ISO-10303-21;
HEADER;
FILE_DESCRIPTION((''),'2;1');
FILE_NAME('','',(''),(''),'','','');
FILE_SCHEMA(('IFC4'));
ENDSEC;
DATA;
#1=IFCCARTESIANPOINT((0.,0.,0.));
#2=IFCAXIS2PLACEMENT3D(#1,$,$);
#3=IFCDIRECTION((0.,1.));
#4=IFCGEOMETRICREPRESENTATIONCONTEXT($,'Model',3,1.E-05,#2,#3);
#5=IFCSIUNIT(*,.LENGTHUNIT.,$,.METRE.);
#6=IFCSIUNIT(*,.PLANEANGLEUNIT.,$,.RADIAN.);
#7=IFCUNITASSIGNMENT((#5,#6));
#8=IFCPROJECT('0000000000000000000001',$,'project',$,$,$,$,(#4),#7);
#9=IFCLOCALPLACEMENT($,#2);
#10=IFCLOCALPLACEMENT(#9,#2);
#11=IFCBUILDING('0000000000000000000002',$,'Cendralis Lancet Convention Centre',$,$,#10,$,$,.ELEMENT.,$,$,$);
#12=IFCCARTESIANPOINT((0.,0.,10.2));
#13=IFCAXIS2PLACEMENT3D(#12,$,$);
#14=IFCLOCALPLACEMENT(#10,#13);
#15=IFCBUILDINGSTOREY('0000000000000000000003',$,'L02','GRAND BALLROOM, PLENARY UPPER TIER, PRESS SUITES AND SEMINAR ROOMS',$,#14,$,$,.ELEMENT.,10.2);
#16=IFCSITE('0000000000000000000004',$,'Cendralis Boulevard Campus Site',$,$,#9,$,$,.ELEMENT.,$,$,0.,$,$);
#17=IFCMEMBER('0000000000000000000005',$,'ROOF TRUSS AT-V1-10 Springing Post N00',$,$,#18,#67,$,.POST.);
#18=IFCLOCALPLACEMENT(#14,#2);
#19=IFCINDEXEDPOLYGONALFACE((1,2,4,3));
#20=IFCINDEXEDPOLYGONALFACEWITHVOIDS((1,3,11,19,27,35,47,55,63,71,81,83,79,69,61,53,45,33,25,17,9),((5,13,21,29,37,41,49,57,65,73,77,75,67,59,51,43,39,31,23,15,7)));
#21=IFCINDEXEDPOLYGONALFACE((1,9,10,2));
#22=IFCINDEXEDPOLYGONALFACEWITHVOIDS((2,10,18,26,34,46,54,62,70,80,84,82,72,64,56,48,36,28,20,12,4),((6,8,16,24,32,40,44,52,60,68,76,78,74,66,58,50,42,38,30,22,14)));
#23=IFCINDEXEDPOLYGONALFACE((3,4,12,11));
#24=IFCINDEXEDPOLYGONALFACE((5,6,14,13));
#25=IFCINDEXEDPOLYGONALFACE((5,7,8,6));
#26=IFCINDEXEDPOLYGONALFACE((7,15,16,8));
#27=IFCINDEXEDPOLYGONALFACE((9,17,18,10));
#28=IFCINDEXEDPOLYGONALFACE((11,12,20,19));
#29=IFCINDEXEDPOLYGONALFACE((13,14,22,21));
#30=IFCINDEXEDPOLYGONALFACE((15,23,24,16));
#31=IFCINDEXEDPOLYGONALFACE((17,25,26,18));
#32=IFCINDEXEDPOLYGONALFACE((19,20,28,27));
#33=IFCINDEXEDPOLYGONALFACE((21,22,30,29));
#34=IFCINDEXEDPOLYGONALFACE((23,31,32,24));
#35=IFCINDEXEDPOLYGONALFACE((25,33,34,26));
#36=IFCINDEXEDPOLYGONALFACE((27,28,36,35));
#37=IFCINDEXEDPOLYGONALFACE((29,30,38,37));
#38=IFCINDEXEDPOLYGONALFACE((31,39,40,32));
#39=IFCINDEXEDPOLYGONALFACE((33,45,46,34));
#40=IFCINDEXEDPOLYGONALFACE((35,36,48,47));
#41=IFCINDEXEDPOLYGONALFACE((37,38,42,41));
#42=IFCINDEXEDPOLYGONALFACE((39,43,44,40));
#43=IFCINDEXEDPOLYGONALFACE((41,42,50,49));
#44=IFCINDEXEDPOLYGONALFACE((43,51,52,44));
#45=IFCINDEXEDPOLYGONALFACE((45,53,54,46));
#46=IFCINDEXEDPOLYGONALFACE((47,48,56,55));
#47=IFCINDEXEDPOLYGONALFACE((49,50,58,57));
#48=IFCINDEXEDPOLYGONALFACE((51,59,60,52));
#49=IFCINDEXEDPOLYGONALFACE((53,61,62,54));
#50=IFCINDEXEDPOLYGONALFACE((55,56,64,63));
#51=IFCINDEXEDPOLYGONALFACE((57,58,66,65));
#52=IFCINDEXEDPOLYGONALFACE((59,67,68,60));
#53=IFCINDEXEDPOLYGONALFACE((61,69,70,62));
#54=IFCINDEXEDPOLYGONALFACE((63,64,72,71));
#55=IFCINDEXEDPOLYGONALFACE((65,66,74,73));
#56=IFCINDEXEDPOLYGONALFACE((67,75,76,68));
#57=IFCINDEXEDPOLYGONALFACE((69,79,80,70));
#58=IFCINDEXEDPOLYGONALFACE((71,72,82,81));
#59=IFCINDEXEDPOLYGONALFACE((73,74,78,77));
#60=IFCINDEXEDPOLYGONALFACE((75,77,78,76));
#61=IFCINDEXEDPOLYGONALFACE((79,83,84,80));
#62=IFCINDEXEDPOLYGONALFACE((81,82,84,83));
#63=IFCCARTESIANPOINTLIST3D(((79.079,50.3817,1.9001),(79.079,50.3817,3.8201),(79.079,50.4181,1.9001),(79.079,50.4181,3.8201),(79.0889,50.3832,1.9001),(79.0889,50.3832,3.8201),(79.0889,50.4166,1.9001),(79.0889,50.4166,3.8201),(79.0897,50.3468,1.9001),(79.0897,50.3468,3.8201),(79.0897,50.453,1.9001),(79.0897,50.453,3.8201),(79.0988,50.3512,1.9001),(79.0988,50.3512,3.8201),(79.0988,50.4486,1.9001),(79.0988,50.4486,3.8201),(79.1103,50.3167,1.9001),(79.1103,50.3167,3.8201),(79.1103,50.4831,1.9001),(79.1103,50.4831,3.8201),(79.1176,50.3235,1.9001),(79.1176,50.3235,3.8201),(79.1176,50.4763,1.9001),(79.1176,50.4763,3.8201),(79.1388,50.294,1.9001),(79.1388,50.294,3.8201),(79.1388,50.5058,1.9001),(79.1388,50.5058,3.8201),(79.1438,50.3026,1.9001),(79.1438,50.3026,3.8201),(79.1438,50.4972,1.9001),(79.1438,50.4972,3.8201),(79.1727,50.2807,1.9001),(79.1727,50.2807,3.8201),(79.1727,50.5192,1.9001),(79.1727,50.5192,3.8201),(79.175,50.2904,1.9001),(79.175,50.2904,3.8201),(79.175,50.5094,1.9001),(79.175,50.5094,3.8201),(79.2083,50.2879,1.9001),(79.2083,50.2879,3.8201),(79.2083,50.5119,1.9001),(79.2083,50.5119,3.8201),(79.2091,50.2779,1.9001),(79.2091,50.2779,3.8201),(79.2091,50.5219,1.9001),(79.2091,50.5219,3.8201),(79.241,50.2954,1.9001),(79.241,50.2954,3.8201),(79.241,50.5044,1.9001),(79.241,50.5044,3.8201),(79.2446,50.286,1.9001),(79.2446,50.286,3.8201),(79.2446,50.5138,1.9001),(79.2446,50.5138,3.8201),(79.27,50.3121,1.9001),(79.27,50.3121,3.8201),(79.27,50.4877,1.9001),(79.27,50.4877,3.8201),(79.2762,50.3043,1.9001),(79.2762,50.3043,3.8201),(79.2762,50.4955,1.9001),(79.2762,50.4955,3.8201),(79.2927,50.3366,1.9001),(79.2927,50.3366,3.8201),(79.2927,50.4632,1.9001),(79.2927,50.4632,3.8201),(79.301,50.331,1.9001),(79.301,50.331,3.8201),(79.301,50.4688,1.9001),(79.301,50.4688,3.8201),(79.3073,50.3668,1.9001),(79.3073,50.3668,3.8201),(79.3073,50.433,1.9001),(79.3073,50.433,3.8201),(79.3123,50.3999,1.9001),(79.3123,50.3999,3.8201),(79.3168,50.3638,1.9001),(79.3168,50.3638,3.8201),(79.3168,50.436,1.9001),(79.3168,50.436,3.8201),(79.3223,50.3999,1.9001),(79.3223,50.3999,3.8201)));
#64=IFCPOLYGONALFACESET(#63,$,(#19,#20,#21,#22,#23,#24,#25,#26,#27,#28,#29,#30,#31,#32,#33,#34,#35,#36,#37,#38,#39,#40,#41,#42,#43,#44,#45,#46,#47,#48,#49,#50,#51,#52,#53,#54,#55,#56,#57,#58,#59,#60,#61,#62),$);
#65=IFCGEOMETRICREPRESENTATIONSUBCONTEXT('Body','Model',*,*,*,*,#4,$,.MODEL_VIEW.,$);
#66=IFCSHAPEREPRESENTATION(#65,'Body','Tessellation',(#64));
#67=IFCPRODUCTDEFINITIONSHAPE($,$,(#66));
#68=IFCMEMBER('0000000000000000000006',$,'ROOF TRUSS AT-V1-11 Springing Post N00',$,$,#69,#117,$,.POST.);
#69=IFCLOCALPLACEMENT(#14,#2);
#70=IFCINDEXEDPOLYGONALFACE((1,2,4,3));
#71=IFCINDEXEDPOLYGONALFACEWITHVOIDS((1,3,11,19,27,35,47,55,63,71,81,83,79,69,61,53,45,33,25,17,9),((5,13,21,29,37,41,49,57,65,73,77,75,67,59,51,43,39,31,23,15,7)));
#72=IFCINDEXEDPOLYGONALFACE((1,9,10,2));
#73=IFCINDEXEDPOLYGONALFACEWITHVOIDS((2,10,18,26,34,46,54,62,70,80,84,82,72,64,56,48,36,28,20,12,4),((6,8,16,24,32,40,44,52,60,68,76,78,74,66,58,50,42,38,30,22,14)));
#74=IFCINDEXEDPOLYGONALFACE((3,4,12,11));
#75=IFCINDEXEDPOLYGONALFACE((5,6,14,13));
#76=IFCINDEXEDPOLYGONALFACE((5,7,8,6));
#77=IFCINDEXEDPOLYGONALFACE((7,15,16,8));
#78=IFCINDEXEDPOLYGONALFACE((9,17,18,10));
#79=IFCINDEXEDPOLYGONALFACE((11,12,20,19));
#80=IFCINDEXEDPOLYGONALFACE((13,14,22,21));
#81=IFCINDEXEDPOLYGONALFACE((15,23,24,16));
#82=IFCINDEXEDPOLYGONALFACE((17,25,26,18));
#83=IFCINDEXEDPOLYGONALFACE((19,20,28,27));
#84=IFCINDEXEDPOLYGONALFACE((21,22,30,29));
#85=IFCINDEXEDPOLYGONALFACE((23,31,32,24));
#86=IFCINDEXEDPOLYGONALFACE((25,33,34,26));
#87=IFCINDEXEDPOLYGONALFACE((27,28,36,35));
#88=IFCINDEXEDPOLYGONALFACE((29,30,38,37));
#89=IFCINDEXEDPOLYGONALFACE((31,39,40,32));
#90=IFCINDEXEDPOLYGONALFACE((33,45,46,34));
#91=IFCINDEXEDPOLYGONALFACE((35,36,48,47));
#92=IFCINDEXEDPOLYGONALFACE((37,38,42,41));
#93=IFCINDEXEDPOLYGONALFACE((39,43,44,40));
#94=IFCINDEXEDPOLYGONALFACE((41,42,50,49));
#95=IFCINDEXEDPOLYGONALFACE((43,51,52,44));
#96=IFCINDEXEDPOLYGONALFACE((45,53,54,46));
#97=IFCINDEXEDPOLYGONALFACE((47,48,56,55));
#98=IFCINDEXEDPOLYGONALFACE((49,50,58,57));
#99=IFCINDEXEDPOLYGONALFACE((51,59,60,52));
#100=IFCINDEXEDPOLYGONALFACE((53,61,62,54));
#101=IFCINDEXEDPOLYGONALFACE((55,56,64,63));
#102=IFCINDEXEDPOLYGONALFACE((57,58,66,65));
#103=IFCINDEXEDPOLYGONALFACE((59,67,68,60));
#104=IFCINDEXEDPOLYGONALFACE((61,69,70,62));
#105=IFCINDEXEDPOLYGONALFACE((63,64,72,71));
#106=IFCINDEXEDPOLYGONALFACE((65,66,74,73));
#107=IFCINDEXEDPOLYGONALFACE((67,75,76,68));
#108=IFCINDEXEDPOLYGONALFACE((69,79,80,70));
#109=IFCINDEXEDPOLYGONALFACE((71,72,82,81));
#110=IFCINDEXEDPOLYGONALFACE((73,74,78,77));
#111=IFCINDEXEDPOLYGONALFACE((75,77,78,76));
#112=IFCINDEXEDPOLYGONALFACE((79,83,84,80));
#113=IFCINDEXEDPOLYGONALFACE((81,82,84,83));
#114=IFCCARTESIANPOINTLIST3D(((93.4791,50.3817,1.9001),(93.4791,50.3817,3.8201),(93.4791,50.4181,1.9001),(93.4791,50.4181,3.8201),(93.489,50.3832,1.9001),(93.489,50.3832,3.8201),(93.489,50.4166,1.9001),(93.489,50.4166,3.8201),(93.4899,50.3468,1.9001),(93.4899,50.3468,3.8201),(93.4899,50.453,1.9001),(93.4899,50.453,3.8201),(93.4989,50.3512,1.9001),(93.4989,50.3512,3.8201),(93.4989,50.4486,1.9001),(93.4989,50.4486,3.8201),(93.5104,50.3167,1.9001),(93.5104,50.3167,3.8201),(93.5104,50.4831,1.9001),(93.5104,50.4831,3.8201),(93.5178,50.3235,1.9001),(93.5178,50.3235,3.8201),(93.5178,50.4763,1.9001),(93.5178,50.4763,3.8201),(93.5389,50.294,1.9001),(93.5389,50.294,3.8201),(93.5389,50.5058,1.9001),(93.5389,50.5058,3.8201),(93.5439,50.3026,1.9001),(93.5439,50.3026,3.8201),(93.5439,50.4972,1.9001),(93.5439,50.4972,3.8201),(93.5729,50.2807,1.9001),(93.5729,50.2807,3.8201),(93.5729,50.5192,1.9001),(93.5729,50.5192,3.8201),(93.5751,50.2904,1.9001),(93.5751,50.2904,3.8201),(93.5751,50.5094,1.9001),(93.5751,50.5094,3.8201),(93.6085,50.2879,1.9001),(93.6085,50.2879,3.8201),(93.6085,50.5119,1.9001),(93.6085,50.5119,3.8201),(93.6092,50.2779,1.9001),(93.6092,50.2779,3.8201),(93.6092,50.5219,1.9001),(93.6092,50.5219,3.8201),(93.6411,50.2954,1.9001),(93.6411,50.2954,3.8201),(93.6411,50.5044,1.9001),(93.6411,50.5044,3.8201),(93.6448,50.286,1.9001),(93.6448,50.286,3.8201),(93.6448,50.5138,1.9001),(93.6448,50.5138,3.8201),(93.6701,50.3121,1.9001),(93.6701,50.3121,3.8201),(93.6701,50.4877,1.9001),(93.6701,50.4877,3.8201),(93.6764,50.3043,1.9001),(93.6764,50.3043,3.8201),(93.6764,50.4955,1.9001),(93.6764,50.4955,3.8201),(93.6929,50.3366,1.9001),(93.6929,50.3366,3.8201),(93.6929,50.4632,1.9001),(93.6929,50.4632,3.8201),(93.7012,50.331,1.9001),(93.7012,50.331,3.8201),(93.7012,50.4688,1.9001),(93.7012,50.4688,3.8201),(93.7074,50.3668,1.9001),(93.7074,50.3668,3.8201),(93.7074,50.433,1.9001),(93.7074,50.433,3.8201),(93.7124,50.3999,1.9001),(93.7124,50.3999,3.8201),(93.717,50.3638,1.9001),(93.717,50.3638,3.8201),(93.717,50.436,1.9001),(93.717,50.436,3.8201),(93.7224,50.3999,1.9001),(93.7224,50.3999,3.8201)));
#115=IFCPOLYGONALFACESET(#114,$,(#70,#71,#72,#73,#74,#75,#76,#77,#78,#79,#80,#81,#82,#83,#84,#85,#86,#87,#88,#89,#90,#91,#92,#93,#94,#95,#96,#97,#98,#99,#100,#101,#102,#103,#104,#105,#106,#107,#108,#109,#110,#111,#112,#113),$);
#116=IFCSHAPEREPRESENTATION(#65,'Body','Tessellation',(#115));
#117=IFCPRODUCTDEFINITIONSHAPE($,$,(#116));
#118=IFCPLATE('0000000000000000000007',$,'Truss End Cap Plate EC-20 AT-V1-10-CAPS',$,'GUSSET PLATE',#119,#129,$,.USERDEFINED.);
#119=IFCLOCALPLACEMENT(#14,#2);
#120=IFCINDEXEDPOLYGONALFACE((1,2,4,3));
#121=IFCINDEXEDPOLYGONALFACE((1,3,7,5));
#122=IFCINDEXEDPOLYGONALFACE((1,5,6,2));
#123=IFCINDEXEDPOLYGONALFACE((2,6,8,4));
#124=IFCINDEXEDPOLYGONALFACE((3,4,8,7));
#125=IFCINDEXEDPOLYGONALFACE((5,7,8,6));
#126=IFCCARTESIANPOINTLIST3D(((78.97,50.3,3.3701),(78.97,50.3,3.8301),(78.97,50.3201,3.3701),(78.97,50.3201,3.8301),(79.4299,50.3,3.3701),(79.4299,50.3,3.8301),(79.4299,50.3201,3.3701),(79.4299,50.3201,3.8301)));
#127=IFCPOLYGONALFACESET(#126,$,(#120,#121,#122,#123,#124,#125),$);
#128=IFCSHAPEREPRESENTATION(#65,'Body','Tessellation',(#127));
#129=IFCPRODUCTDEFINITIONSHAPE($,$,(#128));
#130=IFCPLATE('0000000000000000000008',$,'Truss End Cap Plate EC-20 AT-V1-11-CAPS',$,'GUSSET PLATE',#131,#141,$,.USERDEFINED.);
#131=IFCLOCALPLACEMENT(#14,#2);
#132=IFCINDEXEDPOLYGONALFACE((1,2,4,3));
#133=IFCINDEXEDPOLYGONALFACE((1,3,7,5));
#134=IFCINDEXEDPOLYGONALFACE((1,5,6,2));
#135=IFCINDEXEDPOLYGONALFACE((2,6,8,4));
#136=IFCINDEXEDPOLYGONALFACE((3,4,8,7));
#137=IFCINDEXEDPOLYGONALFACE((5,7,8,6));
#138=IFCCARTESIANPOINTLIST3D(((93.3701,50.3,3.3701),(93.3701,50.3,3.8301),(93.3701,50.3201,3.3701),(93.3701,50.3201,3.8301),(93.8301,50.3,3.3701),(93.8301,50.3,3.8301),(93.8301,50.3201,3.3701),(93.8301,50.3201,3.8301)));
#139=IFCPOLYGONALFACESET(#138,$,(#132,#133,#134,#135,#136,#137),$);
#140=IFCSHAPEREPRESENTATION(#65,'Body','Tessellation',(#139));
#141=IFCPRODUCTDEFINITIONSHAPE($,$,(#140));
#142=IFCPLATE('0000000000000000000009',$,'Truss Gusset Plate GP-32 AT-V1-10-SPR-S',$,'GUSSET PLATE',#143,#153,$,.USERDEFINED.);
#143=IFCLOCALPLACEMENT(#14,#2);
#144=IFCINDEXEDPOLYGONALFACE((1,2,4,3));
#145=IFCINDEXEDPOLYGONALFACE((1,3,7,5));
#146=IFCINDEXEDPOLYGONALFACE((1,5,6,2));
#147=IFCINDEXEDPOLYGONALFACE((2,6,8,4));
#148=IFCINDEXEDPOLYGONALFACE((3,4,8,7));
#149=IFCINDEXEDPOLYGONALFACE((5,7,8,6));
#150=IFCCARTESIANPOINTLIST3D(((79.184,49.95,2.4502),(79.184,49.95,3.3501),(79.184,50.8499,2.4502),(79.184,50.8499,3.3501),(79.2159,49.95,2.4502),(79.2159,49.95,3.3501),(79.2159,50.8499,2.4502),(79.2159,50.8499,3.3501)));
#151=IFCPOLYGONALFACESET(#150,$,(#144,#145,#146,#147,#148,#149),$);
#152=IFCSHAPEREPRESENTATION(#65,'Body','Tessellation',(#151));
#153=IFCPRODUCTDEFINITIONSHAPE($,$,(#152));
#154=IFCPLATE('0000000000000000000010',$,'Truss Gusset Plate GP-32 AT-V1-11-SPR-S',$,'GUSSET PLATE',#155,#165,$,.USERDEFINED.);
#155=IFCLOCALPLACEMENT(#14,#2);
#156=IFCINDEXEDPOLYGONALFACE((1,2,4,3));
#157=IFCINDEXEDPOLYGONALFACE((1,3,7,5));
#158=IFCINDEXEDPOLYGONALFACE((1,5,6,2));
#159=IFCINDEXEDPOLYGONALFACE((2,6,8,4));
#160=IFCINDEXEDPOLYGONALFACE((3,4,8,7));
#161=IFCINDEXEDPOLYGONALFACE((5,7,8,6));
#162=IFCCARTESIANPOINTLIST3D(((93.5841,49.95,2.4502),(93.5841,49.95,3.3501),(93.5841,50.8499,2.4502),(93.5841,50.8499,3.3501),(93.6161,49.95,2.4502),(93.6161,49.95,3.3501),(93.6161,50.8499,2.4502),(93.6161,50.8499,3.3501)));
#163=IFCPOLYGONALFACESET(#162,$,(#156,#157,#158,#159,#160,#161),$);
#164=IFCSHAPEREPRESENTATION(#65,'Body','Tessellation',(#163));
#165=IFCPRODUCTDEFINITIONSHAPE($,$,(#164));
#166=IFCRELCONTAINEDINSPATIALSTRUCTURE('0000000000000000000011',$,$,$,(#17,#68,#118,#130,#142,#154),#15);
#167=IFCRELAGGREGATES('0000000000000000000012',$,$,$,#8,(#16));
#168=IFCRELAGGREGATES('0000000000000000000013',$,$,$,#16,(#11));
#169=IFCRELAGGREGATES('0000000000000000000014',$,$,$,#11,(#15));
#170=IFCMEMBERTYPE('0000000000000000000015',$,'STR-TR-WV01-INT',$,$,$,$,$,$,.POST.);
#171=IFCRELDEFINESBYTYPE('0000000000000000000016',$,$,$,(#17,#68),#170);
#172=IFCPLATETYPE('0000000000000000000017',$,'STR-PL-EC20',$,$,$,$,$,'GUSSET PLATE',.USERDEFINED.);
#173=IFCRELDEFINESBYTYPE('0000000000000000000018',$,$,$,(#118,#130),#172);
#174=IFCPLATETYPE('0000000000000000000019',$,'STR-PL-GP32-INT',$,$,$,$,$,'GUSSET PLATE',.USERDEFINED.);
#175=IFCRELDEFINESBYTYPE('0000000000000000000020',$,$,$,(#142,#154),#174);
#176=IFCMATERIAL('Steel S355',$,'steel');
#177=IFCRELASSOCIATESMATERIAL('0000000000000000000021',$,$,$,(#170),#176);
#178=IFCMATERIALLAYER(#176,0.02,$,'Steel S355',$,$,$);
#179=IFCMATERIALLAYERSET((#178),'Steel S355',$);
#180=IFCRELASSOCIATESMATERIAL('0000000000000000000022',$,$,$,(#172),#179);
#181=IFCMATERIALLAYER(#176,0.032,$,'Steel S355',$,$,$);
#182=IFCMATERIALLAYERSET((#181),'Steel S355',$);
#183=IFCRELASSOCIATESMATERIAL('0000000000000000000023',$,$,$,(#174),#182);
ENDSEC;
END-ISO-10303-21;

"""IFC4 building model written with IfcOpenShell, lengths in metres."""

from ifc_helpers import new_model, si_unit, direction, frame, origin, origin_2d, place, context, subcontext, project, spatial, rectangle, hollow_circle, extrude, material, layer, layer_set, material_profile, profile_set, type_object, element, save


model = new_model("IFC4")

# Units and contexts
model_context = context("Model", 3, precision=1e-05, world=origin(), true_north=direction((0.0, 1.0)))
body_context = subcontext(model_context, "Body", "Model", "MODEL_VIEW")
ifc_project = project(units=[si_unit("LENGTHUNIT", "METRE"), si_unit("PLANEANGLEUNIT", "RADIAN")], contexts=[model_context])

# Site, building, storey
site_placement = place(None, origin())
site = spatial("IfcSite", under=ifc_project, at=site_placement, Name="Cendralis Boulevard Campus Site", CompositionType="ELEMENT", RefElevation=0.0)
building_placement = place(site_placement, origin())
building = spatial("IfcBuilding", under=site, at=building_placement, Name="Cendralis Lancet Convention Centre", CompositionType="ELEMENT")
storey_placement = place(building_placement, frame((0.0, 0.0, 10.2)))
storey = spatial("IfcBuildingStorey", under=building, at=storey_placement, Name="L02", Description="GRAND BALLROOM, PLENARY UPPER TIER, PRESS SUITES AND SEMINAR ROOMS", CompositionType="ELEMENT", Elevation=10.2)

# Shared definitions
ifc_material_1 = material(Name="Steel S355", Category="steel")

# Members
ifc_material_profile_1 = material_profile(ifc_material_1, hollow_circle(Radius=0.1223, WallThickness=0.01, at=origin_2d()), Name="CHS 244.5x10.0")
ifc_profile_set_1 = profile_set([ifc_material_profile_1], Name="Steel S355")
member_type_1 = type_object("IfcMemberType", Name="STR-TR-WV01-INT", PredefinedType="POST", material=ifc_profile_set_1)
for number, where, z_axis, x_axis, name in (
    (1, (79.2, 50.3999, 1.9001), (0.0, 0.0, 1.0), (1.0, 0.0, 0.0), "ROOF TRUSS AT-V1-10 Springing Post N00"),
    (2, (93.6001, 50.3999, 1.9001), (0.0, 0.0, 1.0), (1.0, 0.0, 0.0), "ROOF TRUSS AT-V1-11 Springing Post N00"),
):
    element("IfcMember", number, at=place(storey_placement, frame(where, z_axis=z_axis, x_axis=x_axis)), inside=storey, type_object=member_type_1, Name=name, PredefinedType="POST", context=body_context, shape_type="SweptSolid", body=[
        extrude(hollow_circle(Radius=0.1223, WallThickness=0.01, at=origin_2d()), origin(), (0.0, 0.0, 1.0), 1.9199),
    ])

# Plates
ifc_layer_1 = layer(ifc_material_1, 0.02, Name="Steel S355")
ifc_layer_set_1 = layer_set([ifc_layer_1], Name="Steel S355")
plate_type_1 = type_object("IfcPlateType", Name="STR-PL-EC20", ElementType="GUSSET PLATE", PredefinedType="USERDEFINED", material=ifc_layer_set_1)
for number, where, z_axis, x_axis, name in (
    (3, (79.2, 50.3101, 3.3701), (0.0, 0.0, 1.0), (1.0, 0.0, 0.0), "Truss End Cap Plate EC-20 AT-V1-10-CAPS"),
    (4, (93.6001, 50.3101, 3.3701), (0.0, 0.0, 1.0), (1.0, 0.0, 0.0), "Truss End Cap Plate EC-20 AT-V1-11-CAPS"),
):
    element("IfcPlate", number, at=place(storey_placement, frame(where, z_axis=z_axis, x_axis=x_axis)), inside=storey, type_object=plate_type_1, Name=name, ObjectType="GUSSET PLATE", PredefinedType="USERDEFINED", context=body_context, shape_type="SweptSolid", body=[
        extrude(rectangle(XDim=0.46, YDim=0.02, at=origin_2d()), origin(), (0.0, 0.0, 1.0), 0.46),
    ])
ifc_layer_2 = layer(ifc_material_1, 0.032, Name="Steel S355")
ifc_layer_set_2 = layer_set([ifc_layer_2], Name="Steel S355")
plate_type_2 = type_object("IfcPlateType", Name="STR-PL-GP32-INT", ElementType="GUSSET PLATE", PredefinedType="USERDEFINED", material=ifc_layer_set_2)
for number, where, z_axis, x_axis, name in (
    (5, (79.2, 50.3999, 2.4502), (0.0, 0.0, 1.0), (0.0, 1.0, 0.0), "Truss Gusset Plate GP-32 AT-V1-10-SPR-S"),
    (6, (93.6001, 50.3999, 2.4502), (0.0, 0.0, 1.0), (0.0, 1.0, 0.0), "Truss Gusset Plate GP-32 AT-V1-11-SPR-S"),
):
    element("IfcPlate", number, at=place(storey_placement, frame(where, z_axis=z_axis, x_axis=x_axis)), inside=storey, type_object=plate_type_2, Name=name, ObjectType="GUSSET PLATE", PredefinedType="USERDEFINED", context=body_context, shape_type="SweptSolid", body=[
        extrude(rectangle(XDim=0.8999, YDim=0.032, at=origin_2d()), origin(), (0.0, 0.0, 1.0), 0.8999),
    ])

save(model, "model.ifc")
